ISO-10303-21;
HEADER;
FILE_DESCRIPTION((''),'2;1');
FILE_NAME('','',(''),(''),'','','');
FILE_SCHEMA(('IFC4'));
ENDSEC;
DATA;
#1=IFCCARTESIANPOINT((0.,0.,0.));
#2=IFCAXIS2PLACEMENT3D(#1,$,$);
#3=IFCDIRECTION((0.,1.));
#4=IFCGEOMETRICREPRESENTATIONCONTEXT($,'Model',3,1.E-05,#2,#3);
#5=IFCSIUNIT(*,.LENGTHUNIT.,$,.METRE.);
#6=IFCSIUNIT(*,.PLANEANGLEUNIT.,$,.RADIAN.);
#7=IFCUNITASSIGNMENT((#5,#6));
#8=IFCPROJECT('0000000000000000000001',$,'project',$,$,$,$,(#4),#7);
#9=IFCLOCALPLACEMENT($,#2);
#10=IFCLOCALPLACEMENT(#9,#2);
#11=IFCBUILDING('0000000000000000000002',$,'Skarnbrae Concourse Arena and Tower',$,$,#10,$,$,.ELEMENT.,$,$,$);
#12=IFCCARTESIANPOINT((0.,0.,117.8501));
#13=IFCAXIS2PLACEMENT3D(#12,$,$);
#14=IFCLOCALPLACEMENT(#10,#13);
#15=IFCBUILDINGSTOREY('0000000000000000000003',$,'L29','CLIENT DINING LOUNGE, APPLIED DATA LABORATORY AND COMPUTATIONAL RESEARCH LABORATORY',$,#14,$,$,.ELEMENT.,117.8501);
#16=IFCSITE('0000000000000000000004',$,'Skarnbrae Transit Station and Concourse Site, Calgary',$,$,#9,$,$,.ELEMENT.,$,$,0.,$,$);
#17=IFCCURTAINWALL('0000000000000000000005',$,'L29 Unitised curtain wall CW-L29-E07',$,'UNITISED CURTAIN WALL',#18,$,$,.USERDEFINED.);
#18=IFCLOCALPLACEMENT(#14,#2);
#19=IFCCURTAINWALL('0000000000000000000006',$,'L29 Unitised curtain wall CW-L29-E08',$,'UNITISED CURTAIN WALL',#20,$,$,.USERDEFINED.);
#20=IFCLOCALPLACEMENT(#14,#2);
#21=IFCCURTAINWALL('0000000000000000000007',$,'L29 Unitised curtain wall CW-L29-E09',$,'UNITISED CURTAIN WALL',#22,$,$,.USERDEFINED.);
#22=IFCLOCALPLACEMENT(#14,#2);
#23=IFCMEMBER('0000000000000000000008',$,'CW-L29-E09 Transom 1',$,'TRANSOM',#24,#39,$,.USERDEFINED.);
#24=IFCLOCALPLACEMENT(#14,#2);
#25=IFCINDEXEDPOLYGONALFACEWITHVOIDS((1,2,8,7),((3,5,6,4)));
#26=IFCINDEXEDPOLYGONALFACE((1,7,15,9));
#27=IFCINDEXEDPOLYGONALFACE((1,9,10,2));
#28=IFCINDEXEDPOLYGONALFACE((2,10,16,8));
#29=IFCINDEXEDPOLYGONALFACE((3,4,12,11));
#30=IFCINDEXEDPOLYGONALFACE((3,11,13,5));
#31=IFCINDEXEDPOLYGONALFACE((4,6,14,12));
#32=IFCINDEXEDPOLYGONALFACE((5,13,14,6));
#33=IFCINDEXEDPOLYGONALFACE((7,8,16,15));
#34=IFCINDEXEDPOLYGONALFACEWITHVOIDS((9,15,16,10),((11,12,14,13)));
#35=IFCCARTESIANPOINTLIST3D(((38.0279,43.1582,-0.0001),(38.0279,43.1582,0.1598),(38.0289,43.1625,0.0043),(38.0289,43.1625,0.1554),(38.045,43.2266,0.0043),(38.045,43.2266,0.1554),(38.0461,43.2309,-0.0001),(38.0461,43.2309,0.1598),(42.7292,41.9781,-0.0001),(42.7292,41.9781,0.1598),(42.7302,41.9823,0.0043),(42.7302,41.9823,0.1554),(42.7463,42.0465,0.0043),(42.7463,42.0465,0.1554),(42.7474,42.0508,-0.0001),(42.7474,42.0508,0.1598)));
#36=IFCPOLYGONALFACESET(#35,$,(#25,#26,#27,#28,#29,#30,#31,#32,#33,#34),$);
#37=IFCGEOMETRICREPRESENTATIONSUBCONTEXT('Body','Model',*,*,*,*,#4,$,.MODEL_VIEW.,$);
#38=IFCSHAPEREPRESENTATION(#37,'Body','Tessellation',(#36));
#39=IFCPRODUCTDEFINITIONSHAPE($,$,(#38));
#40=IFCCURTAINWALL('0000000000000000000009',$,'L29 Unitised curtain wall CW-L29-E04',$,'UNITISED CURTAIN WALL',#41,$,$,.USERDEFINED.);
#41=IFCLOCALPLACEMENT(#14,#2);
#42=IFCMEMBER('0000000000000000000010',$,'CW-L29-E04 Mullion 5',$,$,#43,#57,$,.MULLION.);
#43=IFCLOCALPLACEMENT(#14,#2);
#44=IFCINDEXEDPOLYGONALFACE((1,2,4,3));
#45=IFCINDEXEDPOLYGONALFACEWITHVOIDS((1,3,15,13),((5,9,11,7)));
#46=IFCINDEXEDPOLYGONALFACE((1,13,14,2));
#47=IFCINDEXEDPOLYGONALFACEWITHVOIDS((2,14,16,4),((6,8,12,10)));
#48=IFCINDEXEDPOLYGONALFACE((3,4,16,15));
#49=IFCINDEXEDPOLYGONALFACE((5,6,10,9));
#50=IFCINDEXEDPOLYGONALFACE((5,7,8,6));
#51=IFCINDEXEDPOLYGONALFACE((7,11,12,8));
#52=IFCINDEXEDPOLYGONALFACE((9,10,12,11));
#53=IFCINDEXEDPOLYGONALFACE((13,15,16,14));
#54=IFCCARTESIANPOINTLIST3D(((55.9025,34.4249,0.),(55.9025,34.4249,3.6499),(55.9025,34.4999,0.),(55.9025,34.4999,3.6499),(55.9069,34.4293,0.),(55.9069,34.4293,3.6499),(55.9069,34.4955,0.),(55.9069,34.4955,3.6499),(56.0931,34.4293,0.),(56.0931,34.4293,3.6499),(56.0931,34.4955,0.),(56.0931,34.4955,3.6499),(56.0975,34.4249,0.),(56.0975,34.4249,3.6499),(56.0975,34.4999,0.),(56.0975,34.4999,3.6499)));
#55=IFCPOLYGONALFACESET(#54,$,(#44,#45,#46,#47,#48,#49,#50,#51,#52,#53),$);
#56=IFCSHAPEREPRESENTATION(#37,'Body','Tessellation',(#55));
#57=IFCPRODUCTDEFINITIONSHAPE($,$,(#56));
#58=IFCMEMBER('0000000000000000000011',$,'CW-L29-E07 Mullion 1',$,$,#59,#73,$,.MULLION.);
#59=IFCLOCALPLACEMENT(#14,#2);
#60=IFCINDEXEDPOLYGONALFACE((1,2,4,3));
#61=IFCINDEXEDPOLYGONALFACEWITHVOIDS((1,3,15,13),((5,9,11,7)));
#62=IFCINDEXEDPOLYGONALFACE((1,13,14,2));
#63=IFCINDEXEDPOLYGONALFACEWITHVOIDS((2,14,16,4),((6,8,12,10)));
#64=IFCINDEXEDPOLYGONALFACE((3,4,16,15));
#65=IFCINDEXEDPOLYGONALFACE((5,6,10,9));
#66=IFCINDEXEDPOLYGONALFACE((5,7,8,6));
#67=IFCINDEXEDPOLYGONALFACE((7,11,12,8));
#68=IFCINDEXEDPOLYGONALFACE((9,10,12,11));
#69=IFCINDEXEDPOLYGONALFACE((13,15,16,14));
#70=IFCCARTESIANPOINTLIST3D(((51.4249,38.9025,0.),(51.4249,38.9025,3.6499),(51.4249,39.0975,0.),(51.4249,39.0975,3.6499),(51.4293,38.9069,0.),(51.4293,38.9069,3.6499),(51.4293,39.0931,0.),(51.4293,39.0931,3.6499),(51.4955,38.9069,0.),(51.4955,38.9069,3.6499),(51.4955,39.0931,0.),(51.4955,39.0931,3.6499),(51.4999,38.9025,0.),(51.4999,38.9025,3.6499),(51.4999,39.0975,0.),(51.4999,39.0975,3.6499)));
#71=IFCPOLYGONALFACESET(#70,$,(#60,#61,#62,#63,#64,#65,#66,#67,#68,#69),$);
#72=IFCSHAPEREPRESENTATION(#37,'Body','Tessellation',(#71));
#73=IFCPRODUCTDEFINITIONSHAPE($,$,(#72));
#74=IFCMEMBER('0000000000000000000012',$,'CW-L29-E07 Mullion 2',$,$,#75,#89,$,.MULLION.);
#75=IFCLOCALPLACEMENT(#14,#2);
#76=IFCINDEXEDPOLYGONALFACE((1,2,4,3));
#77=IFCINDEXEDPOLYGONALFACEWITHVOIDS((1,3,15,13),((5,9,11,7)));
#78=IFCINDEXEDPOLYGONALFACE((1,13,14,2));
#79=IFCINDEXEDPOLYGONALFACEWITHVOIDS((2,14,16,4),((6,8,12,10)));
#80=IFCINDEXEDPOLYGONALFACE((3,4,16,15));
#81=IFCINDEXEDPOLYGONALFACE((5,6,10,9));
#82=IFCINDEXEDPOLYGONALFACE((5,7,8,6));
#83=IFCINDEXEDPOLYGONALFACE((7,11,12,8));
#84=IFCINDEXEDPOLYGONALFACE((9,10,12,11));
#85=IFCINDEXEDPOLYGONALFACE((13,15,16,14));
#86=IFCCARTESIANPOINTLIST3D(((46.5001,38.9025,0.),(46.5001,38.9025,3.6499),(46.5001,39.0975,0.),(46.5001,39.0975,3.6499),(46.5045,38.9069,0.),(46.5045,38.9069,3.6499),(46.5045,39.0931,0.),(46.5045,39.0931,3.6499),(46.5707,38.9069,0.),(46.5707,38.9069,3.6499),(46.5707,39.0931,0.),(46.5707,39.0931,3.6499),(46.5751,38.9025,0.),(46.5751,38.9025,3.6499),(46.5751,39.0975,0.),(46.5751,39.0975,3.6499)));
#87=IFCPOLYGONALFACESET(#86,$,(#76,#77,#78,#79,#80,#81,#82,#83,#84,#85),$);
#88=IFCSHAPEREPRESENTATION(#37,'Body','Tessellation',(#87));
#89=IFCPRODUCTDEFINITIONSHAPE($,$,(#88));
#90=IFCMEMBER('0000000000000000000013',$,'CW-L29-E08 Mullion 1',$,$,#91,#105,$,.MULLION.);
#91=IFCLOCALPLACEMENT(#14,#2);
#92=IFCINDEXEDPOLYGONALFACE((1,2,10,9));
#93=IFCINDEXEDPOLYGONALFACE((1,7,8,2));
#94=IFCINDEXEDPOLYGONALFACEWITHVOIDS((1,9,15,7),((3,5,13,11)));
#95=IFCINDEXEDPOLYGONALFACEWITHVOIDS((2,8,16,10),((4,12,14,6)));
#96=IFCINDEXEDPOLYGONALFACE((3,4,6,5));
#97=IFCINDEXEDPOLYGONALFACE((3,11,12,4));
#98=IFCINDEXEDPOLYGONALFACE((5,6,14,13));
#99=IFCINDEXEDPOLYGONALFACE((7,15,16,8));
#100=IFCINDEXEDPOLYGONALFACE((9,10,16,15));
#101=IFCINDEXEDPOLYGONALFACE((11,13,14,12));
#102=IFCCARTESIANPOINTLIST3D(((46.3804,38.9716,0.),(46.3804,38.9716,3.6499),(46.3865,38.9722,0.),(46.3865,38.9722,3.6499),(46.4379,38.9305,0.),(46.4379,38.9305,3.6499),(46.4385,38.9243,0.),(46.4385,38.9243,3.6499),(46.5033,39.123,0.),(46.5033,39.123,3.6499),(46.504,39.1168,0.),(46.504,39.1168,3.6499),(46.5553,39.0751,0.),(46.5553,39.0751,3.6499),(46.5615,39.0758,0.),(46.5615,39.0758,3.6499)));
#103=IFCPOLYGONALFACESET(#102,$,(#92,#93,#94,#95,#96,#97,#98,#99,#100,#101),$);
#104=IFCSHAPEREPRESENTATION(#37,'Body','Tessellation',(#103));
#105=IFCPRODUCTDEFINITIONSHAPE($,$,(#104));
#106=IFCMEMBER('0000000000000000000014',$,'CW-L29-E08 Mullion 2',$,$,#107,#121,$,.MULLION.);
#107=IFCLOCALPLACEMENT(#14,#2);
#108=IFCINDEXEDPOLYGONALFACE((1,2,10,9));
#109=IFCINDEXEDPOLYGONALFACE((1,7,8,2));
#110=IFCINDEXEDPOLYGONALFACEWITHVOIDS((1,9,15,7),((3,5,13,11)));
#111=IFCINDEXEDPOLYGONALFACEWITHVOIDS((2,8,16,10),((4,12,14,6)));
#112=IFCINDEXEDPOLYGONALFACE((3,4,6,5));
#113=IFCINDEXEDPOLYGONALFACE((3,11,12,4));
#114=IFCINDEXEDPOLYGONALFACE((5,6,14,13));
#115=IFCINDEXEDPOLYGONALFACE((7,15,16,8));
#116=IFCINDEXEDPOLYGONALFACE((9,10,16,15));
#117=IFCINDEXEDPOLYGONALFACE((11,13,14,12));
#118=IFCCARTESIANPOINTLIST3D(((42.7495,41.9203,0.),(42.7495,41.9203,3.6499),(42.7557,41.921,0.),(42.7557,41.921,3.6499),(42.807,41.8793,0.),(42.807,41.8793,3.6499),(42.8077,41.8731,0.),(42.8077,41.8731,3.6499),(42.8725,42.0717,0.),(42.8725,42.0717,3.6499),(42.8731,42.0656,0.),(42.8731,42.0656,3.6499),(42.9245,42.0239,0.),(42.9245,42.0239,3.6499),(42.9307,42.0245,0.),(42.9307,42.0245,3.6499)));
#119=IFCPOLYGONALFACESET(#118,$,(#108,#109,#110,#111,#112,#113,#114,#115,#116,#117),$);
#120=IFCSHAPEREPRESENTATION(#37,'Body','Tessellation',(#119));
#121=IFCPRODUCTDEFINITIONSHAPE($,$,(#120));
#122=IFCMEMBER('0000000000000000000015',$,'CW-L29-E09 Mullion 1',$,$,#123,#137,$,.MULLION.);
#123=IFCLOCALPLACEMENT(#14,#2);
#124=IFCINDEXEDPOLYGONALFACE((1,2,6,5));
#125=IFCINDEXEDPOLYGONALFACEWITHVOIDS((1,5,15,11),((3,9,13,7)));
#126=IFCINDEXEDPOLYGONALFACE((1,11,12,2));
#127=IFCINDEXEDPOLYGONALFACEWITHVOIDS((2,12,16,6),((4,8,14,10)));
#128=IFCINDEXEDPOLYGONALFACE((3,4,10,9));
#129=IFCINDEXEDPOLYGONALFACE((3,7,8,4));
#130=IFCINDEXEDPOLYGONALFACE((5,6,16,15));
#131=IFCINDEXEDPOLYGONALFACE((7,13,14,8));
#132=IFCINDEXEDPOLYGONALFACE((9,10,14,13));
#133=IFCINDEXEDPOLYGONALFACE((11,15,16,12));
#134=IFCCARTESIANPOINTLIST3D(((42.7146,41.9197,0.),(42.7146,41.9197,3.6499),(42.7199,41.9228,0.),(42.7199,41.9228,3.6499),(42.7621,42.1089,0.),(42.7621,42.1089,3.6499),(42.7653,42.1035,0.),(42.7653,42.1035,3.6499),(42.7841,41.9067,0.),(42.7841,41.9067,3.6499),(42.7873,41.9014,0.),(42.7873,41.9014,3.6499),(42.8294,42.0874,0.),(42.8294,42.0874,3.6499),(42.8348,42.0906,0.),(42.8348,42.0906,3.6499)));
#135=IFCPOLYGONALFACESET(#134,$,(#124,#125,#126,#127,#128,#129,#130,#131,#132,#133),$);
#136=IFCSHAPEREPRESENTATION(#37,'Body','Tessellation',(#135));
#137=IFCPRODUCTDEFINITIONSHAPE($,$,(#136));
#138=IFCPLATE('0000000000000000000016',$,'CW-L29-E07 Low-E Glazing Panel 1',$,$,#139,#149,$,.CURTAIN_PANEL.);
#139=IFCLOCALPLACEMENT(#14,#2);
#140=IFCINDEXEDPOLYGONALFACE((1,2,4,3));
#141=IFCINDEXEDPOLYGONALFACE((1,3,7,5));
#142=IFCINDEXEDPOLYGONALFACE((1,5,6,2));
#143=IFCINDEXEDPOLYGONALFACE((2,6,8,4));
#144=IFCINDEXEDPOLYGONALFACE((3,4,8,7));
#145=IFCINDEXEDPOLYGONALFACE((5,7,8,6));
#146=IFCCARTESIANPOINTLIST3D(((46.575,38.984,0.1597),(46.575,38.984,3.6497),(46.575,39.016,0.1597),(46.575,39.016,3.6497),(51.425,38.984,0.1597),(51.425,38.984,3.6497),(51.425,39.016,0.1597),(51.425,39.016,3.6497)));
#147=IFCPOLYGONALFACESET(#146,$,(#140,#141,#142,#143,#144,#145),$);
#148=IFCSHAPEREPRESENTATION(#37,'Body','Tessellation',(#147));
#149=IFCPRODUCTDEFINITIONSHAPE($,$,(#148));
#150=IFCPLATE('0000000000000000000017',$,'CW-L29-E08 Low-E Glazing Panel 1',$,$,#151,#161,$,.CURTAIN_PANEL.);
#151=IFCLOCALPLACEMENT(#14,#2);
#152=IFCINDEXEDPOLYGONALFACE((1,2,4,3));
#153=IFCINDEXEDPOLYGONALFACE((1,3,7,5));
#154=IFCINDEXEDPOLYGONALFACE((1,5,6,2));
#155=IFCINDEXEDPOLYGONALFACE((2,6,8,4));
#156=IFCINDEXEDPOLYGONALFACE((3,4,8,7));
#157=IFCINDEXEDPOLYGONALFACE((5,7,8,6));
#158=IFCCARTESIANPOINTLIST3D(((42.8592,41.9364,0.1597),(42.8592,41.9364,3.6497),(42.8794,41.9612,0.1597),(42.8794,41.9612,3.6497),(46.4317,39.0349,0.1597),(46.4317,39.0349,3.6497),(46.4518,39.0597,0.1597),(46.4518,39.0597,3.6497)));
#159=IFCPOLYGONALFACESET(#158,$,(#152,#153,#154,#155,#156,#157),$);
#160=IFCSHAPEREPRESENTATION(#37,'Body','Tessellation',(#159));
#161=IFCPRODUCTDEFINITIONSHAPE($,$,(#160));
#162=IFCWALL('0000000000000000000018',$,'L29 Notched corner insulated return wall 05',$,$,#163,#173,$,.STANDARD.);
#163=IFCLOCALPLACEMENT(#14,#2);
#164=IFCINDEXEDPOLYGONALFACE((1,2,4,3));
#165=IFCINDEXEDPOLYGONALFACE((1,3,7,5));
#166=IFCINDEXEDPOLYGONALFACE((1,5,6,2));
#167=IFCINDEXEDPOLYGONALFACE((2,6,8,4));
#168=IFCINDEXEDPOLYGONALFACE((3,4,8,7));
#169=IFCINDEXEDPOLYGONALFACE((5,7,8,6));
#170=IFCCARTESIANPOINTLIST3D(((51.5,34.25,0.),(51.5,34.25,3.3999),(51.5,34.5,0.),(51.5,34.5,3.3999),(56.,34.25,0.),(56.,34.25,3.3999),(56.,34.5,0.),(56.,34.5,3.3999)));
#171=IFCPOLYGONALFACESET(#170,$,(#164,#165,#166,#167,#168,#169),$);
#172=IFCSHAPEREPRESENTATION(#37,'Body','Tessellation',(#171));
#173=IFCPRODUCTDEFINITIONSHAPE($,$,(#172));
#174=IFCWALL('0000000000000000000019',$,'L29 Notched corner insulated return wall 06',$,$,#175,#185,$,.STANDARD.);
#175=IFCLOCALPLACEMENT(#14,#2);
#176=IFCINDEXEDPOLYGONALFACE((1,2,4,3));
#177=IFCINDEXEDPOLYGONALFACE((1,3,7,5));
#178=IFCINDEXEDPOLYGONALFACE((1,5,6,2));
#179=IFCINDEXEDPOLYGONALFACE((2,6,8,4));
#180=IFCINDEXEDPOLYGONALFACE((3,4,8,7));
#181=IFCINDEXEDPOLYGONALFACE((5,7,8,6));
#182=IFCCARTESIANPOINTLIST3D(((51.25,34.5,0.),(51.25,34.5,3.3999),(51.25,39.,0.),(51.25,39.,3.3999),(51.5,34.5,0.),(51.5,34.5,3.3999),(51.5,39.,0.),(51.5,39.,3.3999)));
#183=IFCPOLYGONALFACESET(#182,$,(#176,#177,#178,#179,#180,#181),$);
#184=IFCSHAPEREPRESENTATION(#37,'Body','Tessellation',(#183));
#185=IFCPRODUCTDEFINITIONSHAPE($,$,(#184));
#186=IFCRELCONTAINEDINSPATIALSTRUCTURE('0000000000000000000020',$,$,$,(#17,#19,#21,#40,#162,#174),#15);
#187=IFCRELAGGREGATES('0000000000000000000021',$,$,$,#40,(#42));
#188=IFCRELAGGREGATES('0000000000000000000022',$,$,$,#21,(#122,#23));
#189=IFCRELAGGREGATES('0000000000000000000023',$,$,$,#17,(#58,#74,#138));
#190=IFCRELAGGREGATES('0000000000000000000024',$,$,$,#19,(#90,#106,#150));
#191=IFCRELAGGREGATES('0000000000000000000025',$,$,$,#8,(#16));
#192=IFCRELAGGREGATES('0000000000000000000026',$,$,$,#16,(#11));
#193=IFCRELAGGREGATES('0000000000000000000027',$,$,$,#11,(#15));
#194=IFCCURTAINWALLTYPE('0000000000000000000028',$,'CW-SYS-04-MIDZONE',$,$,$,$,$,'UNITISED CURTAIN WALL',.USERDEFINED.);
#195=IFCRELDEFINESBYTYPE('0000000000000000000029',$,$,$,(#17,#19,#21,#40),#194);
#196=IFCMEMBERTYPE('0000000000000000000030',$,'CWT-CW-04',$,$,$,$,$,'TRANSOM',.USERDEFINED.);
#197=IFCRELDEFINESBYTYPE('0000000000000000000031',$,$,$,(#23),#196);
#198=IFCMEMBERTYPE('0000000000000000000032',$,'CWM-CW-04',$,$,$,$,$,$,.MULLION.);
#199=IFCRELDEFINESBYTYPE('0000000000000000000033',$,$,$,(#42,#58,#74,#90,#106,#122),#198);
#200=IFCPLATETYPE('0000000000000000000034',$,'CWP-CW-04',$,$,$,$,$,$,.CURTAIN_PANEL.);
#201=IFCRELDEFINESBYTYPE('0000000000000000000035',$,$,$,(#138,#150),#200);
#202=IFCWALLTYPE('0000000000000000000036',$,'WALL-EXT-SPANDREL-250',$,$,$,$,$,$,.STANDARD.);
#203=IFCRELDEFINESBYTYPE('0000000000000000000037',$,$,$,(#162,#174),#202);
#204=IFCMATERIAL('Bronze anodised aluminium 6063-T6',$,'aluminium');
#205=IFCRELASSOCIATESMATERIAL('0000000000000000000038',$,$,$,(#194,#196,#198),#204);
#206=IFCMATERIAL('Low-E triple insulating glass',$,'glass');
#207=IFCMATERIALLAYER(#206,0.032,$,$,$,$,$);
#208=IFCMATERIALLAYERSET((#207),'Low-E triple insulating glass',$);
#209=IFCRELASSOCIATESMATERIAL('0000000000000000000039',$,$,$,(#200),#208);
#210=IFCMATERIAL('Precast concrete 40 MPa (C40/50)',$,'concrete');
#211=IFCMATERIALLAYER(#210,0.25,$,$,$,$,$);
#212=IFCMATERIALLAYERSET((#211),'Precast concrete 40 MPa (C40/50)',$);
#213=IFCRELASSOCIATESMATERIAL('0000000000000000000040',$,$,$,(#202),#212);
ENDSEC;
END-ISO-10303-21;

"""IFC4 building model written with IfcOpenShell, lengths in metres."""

from ifc_helpers import new_model, si_unit, direction, frame, frame_2d, origin, origin_2d, place, context, subcontext, project, spatial, rectangle, hollow_rectangle, extrude, source, transform, mapped, material, layer, layer_set, material_profile, profile_set, type_object, element, aggregate, save


model = new_model("IFC4")

# Units and contexts
model_context = context("Model", 3, precision=1e-05, world=origin(), true_north=direction((0.0, 1.0)))
body_context = subcontext(model_context, "Body", "Model", "MODEL_VIEW")
ifc_project = project(units=[si_unit("LENGTHUNIT", "METRE"), si_unit("PLANEANGLEUNIT", "RADIAN")], contexts=[model_context])

# Site, building, storey
site_placement = place(None, origin())
site = spatial("IfcSite", under=ifc_project, at=site_placement, Name="Skarnbrae Transit Station and Concourse Site, Calgary", CompositionType="ELEMENT", RefElevation=0.0)
building_placement = place(site_placement, origin())
building = spatial("IfcBuilding", under=site, at=building_placement, Name="Skarnbrae Concourse Arena and Tower", CompositionType="ELEMENT")
storey_placement = place(building_placement, frame((0.0, 0.0, 117.8501)))
storey = spatial("IfcBuildingStorey", under=building, at=storey_placement, Name="L29", Description="CLIENT DINING LOUNGE, APPLIED DATA LABORATORY AND COMPUTATIONAL RESEARCH LABORATORY", CompositionType="ELEMENT", Elevation=117.8501)

# Curtain walls, members
ifc_material_1 = material(Name="Bronze anodised aluminium 6063-T6", Category="aluminium")
curtain_wall_type = type_object("IfcCurtainWallType", Name="CW-SYS-04-MIDZONE", ElementType="UNITISED CURTAIN WALL", PredefinedType="USERDEFINED", material=ifc_material_1)
curtain_wall_1_placement = place(storey_placement, origin())
curtain_wall_1 = element("IfcCurtainWall", 1, at=curtain_wall_1_placement, inside=storey, type_object=curtain_wall_type, Name="L29 Unitised curtain wall CW-L29-E07", ObjectType="UNITISED CURTAIN WALL", PredefinedType="USERDEFINED")
ifc_material_profile_1 = material_profile(ifc_material_1, hollow_rectangle(XDim=0.075, YDim=0.1599, WallThickness=0.0044, at=origin_2d()), Name="ALU-TRAN-75X160")
ifc_profile_set_1 = profile_set([ifc_material_profile_1], Name="Bronze anodised aluminium 6063-T6")
member_type_1 = type_object("IfcMemberType", Name="CWT-CW-04", ElementType="TRANSOM", PredefinedType="USERDEFINED", material=ifc_profile_set_1)
curtain_wall_2_placement = place(storey_placement, origin())
curtain_wall_2 = element("IfcCurtainWall", 2, at=curtain_wall_2_placement, inside=storey, type_object=curtain_wall_type, Name="L29 Unitised curtain wall CW-L29-E08", ObjectType="UNITISED CURTAIN WALL", PredefinedType="USERDEFINED")
curtain_wall_3_placement = place(storey_placement, origin())
curtain_wall_3 = element("IfcCurtainWall", 3, at=curtain_wall_3_placement, inside=storey, type_object=curtain_wall_type, Name="L29 Unitised curtain wall CW-L29-E09", ObjectType="UNITISED CURTAIN WALL", PredefinedType="USERDEFINED")
shared_shape_1 = source(origin(), body_context, "Body", "SweptSolid", [
    extrude(hollow_rectangle(XDim=0.075, YDim=0.1599, WallThickness=0.0044, at=origin_2d()), origin(), (0.0, 0.0, 1.0), 4.8472),
])
member_1_placement = place(storey_placement, frame((42.7383, 42.0144, 0.0798), z_axis=(-0.969908, 0.243472, 0.0), x_axis=(-0.243472, -0.969908, 0.0)))
member_1 = element("IfcMember", 4, at=member_1_placement, type_object=member_type_1, Name="CW-L29-E09 Transom 1", ObjectType="TRANSOM", PredefinedType="USERDEFINED", context=body_context, shape_type="MappedRepresentation", body=[
    mapped(shared_shape_1, transform((0.0, 0.0, 0.0))),
])
curtain_wall_4_placement = place(storey_placement, origin())
curtain_wall_4 = element("IfcCurtainWall", 5, at=curtain_wall_4_placement, inside=storey, type_object=curtain_wall_type, Name="L29 Unitised curtain wall CW-L29-E04", ObjectType="UNITISED CURTAIN WALL", PredefinedType="USERDEFINED")
ifc_material_profile_2 = material_profile(ifc_material_1, hollow_rectangle(XDim=0.075, YDim=0.1951, WallThickness=0.0044, at=origin_2d()), Name="ALU-MULL-75X195")
ifc_profile_set_2 = profile_set([ifc_material_profile_2], Name="Bronze anodised aluminium 6063-T6")
member_type_2 = type_object("IfcMemberType", Name="CWM-CW-04", PredefinedType="MULLION", material=ifc_profile_set_2)
shared_shape_2 = source(origin(), body_context, "Body", "SweptSolid", [
    extrude(hollow_rectangle(XDim=0.075, YDim=0.1951, WallThickness=0.0044, at=origin_2d()), origin(), (0.0, 0.0, 1.0), 3.6499),
])
member_2_placement = place(storey_placement, frame((56.0, 34.4624, 0.0), z_axis=(0.0, 0.0, 1.0), x_axis=(0.0, 1.0, 0.0)))
member_2 = element("IfcMember", 6, at=member_2_placement, type_object=member_type_2, Name="CW-L29-E04 Mullion 5", PredefinedType="MULLION", context=body_context, shape_type="MappedRepresentation", body=[
    mapped(shared_shape_2, transform((0.0, 0.0, 0.0))),
])
aggregate(curtain_wall_4, [member_2])

# Members
member_3_placement = place(storey_placement, frame((51.4624, 39.0, 0.0), z_axis=(0.0, 0.0, 1.0), x_axis=(-1.0, 0.0, 0.0)))
member_3 = element("IfcMember", 7, at=member_3_placement, type_object=member_type_2, Name="CW-L29-E07 Mullion 1", PredefinedType="MULLION", context=body_context, shape_type="MappedRepresentation", body=[
    mapped(shared_shape_2, transform((0.0, 0.0, 0.0))),
])
member_4_placement = place(storey_placement, frame((46.5376, 39.0, 0.0), z_axis=(0.0, 0.0, 1.0), x_axis=(-1.0, 0.0, 0.0)))
member_4 = element("IfcMember", 8, at=member_4_placement, type_object=member_type_2, Name="CW-L29-E07 Mullion 2", PredefinedType="MULLION", context=body_context, shape_type="MappedRepresentation", body=[
    mapped(shared_shape_2, transform((0.0, 0.0, 0.0))),
])
member_5_placement = place(storey_placement, frame((46.4709, 39.0237, 0.0), z_axis=(0.0, 0.0, 1.0), x_axis=(-0.776241, 0.630436, 0.0)))
member_5 = element("IfcMember", 9, at=member_5_placement, type_object=member_type_2, Name="CW-L29-E08 Mullion 1", PredefinedType="MULLION", context=body_context, shape_type="MappedRepresentation", body=[
    mapped(shared_shape_2, transform((0.0, 0.0, 0.0))),
])
member_6_placement = place(storey_placement, frame((42.8401, 41.9724, 0.0), z_axis=(0.0, 0.0, 1.0), x_axis=(-0.776241, 0.630436, 0.0)))
member_6 = element("IfcMember", 10, at=member_6_placement, type_object=member_type_2, Name="CW-L29-E08 Mullion 2", PredefinedType="MULLION", context=body_context, shape_type="MappedRepresentation", body=[
    mapped(shared_shape_2, transform((0.0, 0.0, 0.0))),
])
member_7_placement = place(storey_placement, frame((42.7747, 42.0051, 0.0), z_axis=(0.0, 0.0, 1.0), x_axis=(-0.969903, 0.243491, 0.0)))
member_7 = element("IfcMember", 11, at=member_7_placement, type_object=member_type_2, Name="CW-L29-E09 Mullion 1", PredefinedType="MULLION", context=body_context, shape_type="MappedRepresentation", body=[
    mapped(shared_shape_2, transform((0.0, 0.0, 0.0))),
])
aggregate(curtain_wall_3, [member_7, member_1])

# Plates
ifc_material_2 = material(Name="Low-E triple insulating glass", Category="glass")
ifc_layer_1 = layer(ifc_material_2, 0.032)
ifc_layer_set_1 = layer_set([ifc_layer_1], Name="Low-E triple insulating glass")
plate_type = type_object("IfcPlateType", Name="CWP-CW-04", PredefinedType="CURTAIN_PANEL", material=ifc_layer_set_1)
shared_shape_3 = source(origin(), body_context, "Body", "SweptSolid", [
    extrude(rectangle(XDim=4.8501, YDim=0.032, at=origin_2d()), origin(), (0.0, 0.0, 1.0), 3.49),
])
plate_1_placement = place(storey_placement, frame((49.0, 39.0, 0.1597), z_axis=(0.0, 0.0, 1.0), x_axis=(-1.0, 0.0, 0.0)))
plate_1 = element("IfcPlate", 12, at=plate_1_placement, type_object=plate_type, Name="CW-L29-E07 Low-E Glazing Panel 1", PredefinedType="CURTAIN_PANEL", context=body_context, shape_type="MappedRepresentation", body=[
    mapped(shared_shape_3, transform((0.0, 0.0, 0.0))),
])
aggregate(curtain_wall_1, [member_3, member_4, plate_1])
shared_shape_4 = source(origin(), body_context, "Body", "SweptSolid", [
    extrude(rectangle(XDim=4.6023, YDim=0.032, at=origin_2d()), origin(), (0.0, 0.0, 1.0), 3.49),
])
plate_2_placement = place(storey_placement, frame((44.6555, 40.498, 0.1597), z_axis=(0.0, 0.0, 1.0), x_axis=(-0.776241, 0.630436, 0.0)))
plate_2 = element("IfcPlate", 13, at=plate_2_placement, type_object=plate_type, Name="CW-L29-E08 Low-E Glazing Panel 1", PredefinedType="CURTAIN_PANEL", context=body_context, shape_type="MappedRepresentation", body=[
    mapped(shared_shape_4, transform((0.0, 0.0, 0.0))),
])
aggregate(curtain_wall_2, [member_5, member_6, plate_2])

# Walls
ifc_material_3 = material(Name="Precast concrete 40 MPa (C40/50)", Category="concrete")
ifc_layer_2 = layer(ifc_material_3, 0.25)
ifc_layer_set_2 = layer_set([ifc_layer_2], Name="Precast concrete 40 MPa (C40/50)")
wall_type_1 = type_object("IfcWallType", Name="WALL-EXT-SPANDREL-250", PredefinedType="STANDARD", material=ifc_layer_set_2)
shared_shape_5 = source(origin(), body_context, "Body", "SweptSolid", [
    extrude(rectangle(XDim=4.5, YDim=0.25, at=frame_2d((2.25, 0.0))), origin(), (0.0, 0.0, 1.0), 3.3999),
])
for number, where, z_axis, x_axis, name in (
    (14, (56.0, 34.375, 0.0), (0.0, 0.0, 1.0), (-1.0, 0.0, 0.0), "L29 Notched corner insulated return wall 05"),
    (15, (51.375, 34.5, 0.0), (0.0, 0.0, 1.0), (0.0, 1.0, 0.0), "L29 Notched corner insulated return wall 06"),
):
    element("IfcWall", number, at=place(storey_placement, frame(where, z_axis=z_axis, x_axis=x_axis)), inside=storey, type_object=wall_type_1, Name=name, PredefinedType="STANDARD", context=body_context, shape_type="MappedRepresentation", body=[
        mapped(shared_shape_5, transform((0.0, 0.0, 0.0))),
    ])

save(model, "model.ifc")
